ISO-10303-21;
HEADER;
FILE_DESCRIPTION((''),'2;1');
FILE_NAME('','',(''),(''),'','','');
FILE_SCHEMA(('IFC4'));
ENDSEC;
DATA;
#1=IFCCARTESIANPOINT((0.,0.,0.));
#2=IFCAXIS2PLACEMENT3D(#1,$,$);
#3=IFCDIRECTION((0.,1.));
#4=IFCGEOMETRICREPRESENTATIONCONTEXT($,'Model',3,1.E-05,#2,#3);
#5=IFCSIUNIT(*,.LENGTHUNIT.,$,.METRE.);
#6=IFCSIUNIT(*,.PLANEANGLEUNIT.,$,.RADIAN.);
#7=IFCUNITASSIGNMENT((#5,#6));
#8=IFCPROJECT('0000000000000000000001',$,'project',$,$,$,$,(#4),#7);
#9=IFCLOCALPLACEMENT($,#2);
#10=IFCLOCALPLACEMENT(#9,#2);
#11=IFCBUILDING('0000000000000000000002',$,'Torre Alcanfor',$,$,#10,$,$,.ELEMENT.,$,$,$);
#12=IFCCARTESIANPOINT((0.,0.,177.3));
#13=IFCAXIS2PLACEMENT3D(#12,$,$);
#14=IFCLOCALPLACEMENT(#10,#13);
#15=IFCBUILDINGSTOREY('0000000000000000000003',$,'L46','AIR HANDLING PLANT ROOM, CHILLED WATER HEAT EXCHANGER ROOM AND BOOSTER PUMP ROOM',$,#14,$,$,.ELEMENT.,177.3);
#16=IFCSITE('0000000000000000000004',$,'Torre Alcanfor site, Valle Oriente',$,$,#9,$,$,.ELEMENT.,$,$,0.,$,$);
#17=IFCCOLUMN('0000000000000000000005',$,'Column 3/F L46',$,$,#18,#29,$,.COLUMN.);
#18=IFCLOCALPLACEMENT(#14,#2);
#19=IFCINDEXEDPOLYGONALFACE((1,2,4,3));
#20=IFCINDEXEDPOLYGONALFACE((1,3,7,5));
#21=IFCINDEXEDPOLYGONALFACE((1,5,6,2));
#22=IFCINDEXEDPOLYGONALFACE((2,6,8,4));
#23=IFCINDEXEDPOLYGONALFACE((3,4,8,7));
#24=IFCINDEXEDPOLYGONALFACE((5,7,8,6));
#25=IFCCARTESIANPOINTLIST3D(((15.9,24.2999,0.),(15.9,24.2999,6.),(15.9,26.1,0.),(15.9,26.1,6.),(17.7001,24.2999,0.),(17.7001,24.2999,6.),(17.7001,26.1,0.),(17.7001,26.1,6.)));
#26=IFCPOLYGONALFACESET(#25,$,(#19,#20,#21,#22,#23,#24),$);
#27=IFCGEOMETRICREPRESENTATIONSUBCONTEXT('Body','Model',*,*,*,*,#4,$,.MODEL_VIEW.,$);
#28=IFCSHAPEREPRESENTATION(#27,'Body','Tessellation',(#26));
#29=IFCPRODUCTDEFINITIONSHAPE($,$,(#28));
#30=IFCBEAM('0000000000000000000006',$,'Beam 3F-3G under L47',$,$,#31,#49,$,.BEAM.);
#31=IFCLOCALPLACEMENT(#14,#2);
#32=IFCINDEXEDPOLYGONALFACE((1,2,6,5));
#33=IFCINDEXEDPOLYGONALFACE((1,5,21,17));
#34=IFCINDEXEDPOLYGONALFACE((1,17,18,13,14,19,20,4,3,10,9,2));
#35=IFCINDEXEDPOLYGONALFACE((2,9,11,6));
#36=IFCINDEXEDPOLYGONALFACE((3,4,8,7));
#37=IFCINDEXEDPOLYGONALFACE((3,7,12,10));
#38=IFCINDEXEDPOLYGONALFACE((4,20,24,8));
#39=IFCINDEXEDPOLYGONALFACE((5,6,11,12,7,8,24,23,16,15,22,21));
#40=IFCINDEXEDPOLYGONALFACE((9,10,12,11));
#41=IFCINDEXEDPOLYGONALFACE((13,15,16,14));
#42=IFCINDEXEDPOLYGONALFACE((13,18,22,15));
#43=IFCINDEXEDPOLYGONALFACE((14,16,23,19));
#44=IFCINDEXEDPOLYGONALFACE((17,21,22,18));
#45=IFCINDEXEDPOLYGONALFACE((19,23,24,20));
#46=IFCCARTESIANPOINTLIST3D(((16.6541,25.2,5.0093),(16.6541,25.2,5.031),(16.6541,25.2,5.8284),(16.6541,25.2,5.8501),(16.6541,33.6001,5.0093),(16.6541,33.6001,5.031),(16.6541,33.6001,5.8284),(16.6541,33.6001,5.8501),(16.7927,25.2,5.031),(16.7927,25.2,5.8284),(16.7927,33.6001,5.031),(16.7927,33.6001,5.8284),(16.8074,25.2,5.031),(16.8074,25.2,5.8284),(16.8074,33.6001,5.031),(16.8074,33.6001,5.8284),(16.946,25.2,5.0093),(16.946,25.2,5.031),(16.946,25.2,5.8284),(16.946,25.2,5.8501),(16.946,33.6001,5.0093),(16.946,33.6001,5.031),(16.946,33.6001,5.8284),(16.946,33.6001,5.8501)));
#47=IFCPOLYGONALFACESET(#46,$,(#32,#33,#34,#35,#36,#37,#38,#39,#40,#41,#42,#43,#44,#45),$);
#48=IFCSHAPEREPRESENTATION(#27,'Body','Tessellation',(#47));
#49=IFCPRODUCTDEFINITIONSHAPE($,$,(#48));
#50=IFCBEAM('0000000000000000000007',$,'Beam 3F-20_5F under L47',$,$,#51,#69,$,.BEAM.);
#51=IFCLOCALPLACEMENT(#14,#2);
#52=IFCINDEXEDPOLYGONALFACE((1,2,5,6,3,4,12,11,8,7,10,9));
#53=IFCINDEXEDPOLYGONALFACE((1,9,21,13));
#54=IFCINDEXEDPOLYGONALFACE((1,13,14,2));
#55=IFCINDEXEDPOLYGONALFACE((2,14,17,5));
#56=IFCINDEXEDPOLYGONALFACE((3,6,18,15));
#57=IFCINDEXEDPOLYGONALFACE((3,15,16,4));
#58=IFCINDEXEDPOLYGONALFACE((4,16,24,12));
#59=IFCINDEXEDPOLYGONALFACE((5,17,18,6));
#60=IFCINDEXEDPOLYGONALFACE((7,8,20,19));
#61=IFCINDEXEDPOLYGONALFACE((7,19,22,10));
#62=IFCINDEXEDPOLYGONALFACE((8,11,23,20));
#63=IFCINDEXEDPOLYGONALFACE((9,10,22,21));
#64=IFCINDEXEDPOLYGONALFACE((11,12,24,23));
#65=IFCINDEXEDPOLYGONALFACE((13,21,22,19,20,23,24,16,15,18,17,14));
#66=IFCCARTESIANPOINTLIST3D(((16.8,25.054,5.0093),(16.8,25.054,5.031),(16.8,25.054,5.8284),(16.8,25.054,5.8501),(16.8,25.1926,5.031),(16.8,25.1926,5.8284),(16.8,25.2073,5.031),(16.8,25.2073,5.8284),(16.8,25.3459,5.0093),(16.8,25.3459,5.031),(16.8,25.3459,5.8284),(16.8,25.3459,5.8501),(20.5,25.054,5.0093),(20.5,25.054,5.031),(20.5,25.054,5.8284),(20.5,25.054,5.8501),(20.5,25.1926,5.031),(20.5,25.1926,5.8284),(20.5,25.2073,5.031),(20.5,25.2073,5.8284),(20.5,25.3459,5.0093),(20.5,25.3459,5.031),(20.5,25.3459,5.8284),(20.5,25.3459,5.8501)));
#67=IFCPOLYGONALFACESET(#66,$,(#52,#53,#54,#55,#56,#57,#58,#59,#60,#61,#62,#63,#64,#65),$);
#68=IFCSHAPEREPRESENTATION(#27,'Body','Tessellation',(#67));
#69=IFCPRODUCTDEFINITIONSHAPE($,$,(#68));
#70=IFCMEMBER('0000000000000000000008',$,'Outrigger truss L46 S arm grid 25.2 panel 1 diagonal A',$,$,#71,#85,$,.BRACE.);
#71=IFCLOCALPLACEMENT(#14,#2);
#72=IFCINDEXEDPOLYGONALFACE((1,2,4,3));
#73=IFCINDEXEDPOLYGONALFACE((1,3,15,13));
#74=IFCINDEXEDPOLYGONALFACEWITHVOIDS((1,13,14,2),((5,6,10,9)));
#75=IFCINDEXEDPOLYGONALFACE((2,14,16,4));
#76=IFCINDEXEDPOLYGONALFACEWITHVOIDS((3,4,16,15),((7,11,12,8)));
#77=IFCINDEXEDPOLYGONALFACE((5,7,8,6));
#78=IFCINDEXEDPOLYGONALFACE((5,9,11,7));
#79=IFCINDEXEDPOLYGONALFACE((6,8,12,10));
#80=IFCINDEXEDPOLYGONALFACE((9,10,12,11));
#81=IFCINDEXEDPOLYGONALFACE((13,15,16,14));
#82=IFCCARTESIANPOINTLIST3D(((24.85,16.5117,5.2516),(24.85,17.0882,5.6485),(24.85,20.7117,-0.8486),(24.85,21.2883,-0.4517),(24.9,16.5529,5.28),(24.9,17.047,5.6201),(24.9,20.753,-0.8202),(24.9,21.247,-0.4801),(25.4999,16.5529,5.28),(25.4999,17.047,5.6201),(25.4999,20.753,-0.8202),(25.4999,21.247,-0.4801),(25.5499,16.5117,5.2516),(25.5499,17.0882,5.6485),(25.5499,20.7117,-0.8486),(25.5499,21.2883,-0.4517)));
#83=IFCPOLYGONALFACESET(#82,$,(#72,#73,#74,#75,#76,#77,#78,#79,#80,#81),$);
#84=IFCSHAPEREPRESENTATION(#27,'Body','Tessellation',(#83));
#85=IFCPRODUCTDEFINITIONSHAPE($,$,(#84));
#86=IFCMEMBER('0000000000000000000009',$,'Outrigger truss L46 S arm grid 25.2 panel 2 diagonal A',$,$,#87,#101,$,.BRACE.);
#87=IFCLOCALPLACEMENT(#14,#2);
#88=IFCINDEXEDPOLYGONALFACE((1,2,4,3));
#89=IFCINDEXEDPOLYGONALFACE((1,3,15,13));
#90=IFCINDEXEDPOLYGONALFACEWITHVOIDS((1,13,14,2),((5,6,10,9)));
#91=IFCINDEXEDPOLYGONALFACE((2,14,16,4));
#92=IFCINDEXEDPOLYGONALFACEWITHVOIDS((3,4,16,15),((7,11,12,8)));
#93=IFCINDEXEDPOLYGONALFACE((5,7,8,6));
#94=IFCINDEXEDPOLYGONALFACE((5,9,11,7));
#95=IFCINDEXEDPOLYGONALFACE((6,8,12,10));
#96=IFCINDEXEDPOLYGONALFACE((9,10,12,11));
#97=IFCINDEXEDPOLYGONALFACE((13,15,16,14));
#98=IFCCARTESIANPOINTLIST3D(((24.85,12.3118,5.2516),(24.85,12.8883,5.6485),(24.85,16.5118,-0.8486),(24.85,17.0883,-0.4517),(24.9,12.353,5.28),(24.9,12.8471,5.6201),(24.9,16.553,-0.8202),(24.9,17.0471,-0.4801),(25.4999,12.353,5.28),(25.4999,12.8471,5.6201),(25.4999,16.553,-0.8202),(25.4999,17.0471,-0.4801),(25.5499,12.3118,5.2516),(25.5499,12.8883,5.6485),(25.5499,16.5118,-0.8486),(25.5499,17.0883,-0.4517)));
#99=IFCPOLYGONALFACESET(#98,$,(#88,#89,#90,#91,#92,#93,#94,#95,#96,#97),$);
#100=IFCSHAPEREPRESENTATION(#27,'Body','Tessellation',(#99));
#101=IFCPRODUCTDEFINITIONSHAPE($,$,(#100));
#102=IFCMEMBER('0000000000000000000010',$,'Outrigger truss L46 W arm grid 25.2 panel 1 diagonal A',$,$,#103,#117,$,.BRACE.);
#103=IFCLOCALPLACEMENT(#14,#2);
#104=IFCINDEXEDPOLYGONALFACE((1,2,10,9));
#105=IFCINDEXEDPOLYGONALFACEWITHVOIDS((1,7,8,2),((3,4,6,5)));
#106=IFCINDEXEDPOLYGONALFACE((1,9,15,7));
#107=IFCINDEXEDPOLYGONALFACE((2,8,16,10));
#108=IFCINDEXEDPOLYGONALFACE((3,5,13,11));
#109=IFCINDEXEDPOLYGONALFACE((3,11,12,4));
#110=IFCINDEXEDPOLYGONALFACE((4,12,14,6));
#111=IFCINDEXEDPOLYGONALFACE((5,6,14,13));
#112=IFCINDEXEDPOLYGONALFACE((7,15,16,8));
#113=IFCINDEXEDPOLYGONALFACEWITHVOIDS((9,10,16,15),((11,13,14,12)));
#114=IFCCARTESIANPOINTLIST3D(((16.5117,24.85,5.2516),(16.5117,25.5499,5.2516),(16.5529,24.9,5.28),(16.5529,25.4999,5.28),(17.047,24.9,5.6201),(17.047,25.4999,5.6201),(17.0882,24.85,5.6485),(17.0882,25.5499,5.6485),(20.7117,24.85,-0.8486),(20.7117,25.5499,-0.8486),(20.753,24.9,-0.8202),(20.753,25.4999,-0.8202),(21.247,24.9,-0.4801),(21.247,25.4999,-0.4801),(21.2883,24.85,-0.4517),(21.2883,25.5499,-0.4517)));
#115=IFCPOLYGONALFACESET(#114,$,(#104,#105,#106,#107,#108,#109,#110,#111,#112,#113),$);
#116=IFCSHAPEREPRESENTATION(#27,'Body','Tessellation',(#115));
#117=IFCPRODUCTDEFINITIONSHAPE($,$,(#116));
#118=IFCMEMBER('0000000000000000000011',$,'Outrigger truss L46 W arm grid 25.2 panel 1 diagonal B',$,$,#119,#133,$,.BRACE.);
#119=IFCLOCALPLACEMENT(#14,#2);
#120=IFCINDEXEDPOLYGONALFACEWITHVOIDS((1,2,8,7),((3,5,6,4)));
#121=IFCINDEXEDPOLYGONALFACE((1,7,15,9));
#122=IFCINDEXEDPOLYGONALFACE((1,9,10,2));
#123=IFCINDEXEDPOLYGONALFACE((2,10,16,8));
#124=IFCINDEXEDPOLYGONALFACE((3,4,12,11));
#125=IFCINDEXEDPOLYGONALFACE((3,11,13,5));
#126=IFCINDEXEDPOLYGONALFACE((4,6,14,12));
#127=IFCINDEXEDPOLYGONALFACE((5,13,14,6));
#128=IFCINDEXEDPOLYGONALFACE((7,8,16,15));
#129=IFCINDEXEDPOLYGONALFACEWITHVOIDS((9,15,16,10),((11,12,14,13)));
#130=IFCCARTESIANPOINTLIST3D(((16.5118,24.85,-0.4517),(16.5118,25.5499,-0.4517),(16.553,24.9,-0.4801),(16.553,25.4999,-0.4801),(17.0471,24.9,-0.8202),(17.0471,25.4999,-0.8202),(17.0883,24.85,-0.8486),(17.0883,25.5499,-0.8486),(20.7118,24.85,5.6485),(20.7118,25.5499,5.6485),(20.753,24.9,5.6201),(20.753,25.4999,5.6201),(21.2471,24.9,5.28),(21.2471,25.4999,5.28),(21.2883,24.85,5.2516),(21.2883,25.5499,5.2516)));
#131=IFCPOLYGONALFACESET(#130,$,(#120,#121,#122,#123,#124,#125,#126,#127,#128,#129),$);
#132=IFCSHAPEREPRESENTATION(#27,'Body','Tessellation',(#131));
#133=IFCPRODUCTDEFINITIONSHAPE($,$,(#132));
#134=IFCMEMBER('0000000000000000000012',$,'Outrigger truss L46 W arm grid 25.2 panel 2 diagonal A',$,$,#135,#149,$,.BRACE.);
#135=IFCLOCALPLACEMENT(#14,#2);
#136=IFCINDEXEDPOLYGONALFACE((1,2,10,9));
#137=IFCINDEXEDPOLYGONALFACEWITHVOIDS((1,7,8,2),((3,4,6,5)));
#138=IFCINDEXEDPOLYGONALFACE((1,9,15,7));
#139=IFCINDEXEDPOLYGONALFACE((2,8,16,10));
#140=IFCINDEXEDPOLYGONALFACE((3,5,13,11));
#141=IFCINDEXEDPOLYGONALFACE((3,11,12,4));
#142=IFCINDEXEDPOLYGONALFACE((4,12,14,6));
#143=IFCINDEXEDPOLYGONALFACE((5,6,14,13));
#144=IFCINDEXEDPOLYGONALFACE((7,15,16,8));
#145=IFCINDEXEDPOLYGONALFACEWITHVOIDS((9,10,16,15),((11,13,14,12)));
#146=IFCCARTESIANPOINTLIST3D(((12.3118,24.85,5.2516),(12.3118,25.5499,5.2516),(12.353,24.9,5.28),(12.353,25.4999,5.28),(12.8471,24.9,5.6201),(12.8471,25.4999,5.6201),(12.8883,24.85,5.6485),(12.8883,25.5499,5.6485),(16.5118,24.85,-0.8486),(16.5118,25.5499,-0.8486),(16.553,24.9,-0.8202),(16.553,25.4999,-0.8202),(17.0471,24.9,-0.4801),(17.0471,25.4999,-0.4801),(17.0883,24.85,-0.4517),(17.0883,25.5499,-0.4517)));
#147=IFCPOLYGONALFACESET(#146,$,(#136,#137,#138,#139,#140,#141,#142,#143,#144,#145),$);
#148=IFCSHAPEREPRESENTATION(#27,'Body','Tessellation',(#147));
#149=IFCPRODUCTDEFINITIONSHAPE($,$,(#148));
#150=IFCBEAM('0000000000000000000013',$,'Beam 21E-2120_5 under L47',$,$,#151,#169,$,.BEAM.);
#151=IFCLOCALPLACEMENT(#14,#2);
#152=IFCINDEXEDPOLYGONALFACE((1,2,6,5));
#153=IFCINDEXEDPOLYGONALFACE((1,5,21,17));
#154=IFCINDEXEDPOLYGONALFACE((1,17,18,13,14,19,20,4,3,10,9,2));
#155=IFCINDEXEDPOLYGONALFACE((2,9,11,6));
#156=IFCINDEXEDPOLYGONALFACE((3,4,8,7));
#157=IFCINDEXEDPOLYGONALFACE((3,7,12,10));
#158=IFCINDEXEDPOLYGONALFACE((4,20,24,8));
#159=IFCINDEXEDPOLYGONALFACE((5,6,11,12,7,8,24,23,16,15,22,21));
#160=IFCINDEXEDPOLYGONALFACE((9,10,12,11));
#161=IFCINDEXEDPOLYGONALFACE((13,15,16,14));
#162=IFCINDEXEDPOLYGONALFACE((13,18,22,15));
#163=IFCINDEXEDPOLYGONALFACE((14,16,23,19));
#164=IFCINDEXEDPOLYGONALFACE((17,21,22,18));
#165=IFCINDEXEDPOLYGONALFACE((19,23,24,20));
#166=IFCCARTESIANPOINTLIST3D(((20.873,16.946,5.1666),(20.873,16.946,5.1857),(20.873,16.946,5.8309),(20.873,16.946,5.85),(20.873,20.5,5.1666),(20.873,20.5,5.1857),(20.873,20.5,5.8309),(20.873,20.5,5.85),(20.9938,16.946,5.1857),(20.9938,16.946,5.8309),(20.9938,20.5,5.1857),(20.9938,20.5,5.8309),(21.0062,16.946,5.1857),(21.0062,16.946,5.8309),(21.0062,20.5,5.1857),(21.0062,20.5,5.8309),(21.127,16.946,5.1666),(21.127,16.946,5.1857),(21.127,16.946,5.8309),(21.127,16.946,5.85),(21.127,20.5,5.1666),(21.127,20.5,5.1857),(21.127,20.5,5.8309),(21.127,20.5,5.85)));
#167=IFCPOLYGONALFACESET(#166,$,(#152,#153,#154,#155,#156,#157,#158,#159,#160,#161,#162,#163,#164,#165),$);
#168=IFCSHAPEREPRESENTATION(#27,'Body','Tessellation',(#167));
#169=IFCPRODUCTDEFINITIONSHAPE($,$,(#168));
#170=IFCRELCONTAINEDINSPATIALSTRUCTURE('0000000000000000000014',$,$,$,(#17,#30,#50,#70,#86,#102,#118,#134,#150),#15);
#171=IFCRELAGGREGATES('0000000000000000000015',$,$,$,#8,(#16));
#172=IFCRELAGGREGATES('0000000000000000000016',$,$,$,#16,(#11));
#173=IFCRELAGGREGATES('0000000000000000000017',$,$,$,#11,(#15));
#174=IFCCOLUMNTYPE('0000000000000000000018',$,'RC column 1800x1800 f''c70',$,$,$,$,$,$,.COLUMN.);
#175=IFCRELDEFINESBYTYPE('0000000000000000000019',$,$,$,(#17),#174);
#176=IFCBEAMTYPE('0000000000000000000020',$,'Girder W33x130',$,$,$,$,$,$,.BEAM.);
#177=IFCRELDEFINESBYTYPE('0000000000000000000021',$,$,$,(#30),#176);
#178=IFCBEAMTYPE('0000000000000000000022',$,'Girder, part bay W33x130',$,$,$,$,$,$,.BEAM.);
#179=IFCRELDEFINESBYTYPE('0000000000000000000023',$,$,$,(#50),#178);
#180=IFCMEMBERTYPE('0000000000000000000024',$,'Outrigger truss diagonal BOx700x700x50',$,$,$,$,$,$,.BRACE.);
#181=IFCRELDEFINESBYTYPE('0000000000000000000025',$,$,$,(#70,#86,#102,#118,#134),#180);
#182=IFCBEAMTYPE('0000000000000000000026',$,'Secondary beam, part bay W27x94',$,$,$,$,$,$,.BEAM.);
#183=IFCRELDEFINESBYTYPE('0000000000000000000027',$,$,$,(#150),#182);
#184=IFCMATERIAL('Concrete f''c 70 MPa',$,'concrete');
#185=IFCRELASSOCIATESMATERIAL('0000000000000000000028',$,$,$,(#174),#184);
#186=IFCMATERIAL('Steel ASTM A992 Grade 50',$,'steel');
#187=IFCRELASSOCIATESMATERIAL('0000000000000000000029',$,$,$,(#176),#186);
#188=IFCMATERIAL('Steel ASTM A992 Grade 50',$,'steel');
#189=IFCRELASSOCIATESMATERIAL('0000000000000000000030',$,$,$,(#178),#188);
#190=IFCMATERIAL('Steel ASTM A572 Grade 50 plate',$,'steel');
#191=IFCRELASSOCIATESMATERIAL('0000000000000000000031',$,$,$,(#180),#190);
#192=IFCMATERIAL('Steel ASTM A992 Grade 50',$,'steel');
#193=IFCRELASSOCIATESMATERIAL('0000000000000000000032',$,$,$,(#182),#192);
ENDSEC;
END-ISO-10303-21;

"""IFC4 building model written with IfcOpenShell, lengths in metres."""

from ifc_helpers import new_model, si_unit, direction, frame, origin, origin_2d, place, context, subcontext, project, spatial, rectangle, hollow_rectangle, i_section, extrude, material, material_profile, profile_set, type_object, element, save


model = new_model("IFC4")

# Units and contexts
model_context = context("Model", 3, precision=1e-05, world=origin(), true_north=direction((0.0, 1.0)))
body_context = subcontext(model_context, "Body", "Model", "MODEL_VIEW")
ifc_project = project(units=[si_unit("LENGTHUNIT", "METRE"), si_unit("PLANEANGLEUNIT", "RADIAN")], contexts=[model_context])

# Site, building, storey
site_placement = place(None, origin())
site = spatial("IfcSite", under=ifc_project, at=site_placement, Name="Torre Alcanfor site, Valle Oriente", CompositionType="ELEMENT", RefElevation=0.0)
building_placement = place(site_placement, origin())
building = spatial("IfcBuilding", under=site, at=building_placement, Name="Torre Alcanfor", CompositionType="ELEMENT")
storey_placement = place(building_placement, frame((0.0, 0.0, 177.3)))
storey = spatial("IfcBuildingStorey", under=building, at=storey_placement, Name="L46", Description="AIR HANDLING PLANT ROOM, CHILLED WATER HEAT EXCHANGER ROOM AND BOOSTER PUMP ROOM", CompositionType="ELEMENT", Elevation=177.3)

# Column
ifc_material_1 = material(Name="Concrete f'c 70 MPa", Category="concrete")
ifc_material_profile_1 = material_profile(ifc_material_1, rectangle(XDim=1.8, YDim=1.8, at=origin_2d()), Name="1800x1800")
ifc_profile_set_1 = profile_set([ifc_material_profile_1], Name="Concrete f'c 70 MPa")
column_type = type_object("IfcColumnType", Name="RC column 1800x1800 f'c70", PredefinedType="COLUMN", material=ifc_profile_set_1)
column_placement = place(storey_placement, frame((16.8, 25.2, 0.0), z_axis=(0.0, 0.0, 1.0), x_axis=(1.0, 0.0, 0.0)))
element("IfcColumn", 1, at=column_placement, inside=storey, type_object=column_type, Name="Column 3/F L46", PredefinedType="COLUMN", context=body_context, shape_type="SweptSolid", body=[
    extrude(rectangle(XDim=1.8, YDim=1.8, at=origin_2d()), origin(), (0.0, 0.0, 1.0), 6.0),
])

# Beams
ifc_material_2 = material(Name="Steel ASTM A992 Grade 50", Category="steel")
ifc_material_profile_2 = material_profile(ifc_material_2, i_section(OverallWidth=0.292, OverallDepth=0.8408, WebThickness=0.0146, FlangeThickness=0.0217, at=origin_2d()), Name="W33x130")
ifc_profile_set_2 = profile_set([ifc_material_profile_2], Name="Steel ASTM A992 Grade 50")
beam_type_1 = type_object("IfcBeamType", Name="Girder W33x130", PredefinedType="BEAM", material=ifc_profile_set_2)
beam_1_placement = place(storey_placement, frame((16.8, 25.2, 5.4297), z_axis=(0.0, 1.0, 0.0), x_axis=(-1.0, 0.0, 0.0)))
element("IfcBeam", 2, at=beam_1_placement, inside=storey, type_object=beam_type_1, Name="Beam 3F-3G under L47", PredefinedType="BEAM", context=body_context, shape_type="SweptSolid", body=[
    extrude(i_section(OverallWidth=0.292, OverallDepth=0.8408, WebThickness=0.0146, FlangeThickness=0.0217, at=origin_2d()), origin(), (0.0, 0.0, 1.0), 8.4001),
])
ifc_material_3 = material(Name="Steel ASTM A992 Grade 50", Category="steel")
ifc_material_profile_3 = material_profile(ifc_material_3, i_section(OverallWidth=0.292, OverallDepth=0.8408, WebThickness=0.0146, FlangeThickness=0.0217, at=origin_2d()), Name="W33x130")
ifc_profile_set_3 = profile_set([ifc_material_profile_3], Name="Steel ASTM A992 Grade 50")
beam_type_2 = type_object("IfcBeamType", Name="Girder, part bay W33x130", PredefinedType="BEAM", material=ifc_profile_set_3)
beam_2_placement = place(storey_placement, frame((16.8, 25.2, 5.4297), z_axis=(1.0, 0.0, 0.0), x_axis=(0.0, 1.0, 0.0)))
element("IfcBeam", 3, at=beam_2_placement, inside=storey, type_object=beam_type_2, Name="Beam 3F-20_5F under L47", PredefinedType="BEAM", context=body_context, shape_type="SweptSolid", body=[
    extrude(i_section(OverallWidth=0.292, OverallDepth=0.8408, WebThickness=0.0146, FlangeThickness=0.0217, at=origin_2d()), origin(), (0.0, 0.0, 1.0), 3.7),
])

# Members
ifc_material_4 = material(Name="Steel ASTM A572 Grade 50 plate", Category="steel")
ifc_material_profile_4 = material_profile(ifc_material_4, hollow_rectangle(XDim=0.7, YDim=0.7, WallThickness=0.05, at=origin_2d()), Name="BOX 700x700x50")
ifc_profile_set_4 = profile_set([ifc_material_profile_4], Name="Steel ASTM A572 Grade 50 plate")
member_type = type_object("IfcMemberType", Name="Outrigger truss diagonal BOx700x700x50", PredefinedType="BRACE", material=ifc_profile_set_4)
for number, where, z_axis, x_axis, name in (
    (4, (25.2, 21.0, -0.6501), (0.0, -0.567091, 0.823655), (1.0, 0.0, 0.0), "Outrigger truss L46 S arm grid 25.2 panel 1 diagonal A"),
    (5, (25.2, 16.8, -0.6501), (0.0, -0.567091, 0.823655), (1.0, 0.0, 0.0), "Outrigger truss L46 S arm grid 25.2 panel 2 diagonal A"),
    (6, (21.0, 25.2, -0.6501), (-0.567091, 0.0, 0.823655), (0.0, -1.0, 0.0), "Outrigger truss L46 W arm grid 25.2 panel 1 diagonal A"),
    (7, (16.8, 25.2, -0.6501), (0.567091, 0.0, 0.823655), (0.0, 1.0, 0.0), "Outrigger truss L46 W arm grid 25.2 panel 1 diagonal B"),
    (8, (16.8, 25.2, -0.6501), (-0.567091, 0.0, 0.823655), (0.0, -1.0, 0.0), "Outrigger truss L46 W arm grid 25.2 panel 2 diagonal A"),
):
    element("IfcMember", number, at=place(storey_placement, frame(where, z_axis=z_axis, x_axis=x_axis)), inside=storey, type_object=member_type, Name=name, PredefinedType="BRACE", context=body_context, shape_type="SweptSolid", body=[
        extrude(hollow_rectangle(XDim=0.7, YDim=0.7, WallThickness=0.05, at=origin_2d()), origin(), (0.0, 0.0, 1.0), 7.4062),
    ])

# Beam
ifc_material_5 = material(Name="Steel ASTM A992 Grade 50", Category="steel")
ifc_material_profile_5 = material_profile(ifc_material_5, i_section(OverallWidth=0.2539, OverallDepth=0.6833, WebThickness=0.0125, FlangeThickness=0.019, at=origin_2d()), Name="W27x94")
ifc_profile_set_5 = profile_set([ifc_material_profile_5], Name="Steel ASTM A992 Grade 50")
beam_type_3 = type_object("IfcBeamType", Name="Secondary beam, part bay W27x94", PredefinedType="BEAM", material=ifc_profile_set_5)
beam_3_placement = place(storey_placement, frame((21.0, 16.946, 5.5083), z_axis=(0.0, 1.0, 0.0), x_axis=(-1.0, 0.0, 0.0)))
element("IfcBeam", 9, at=beam_3_placement, inside=storey, type_object=beam_type_3, Name="Beam 21E-2120_5 under L47", PredefinedType="BEAM", context=body_context, shape_type="SweptSolid", body=[
    extrude(i_section(OverallWidth=0.2539, OverallDepth=0.6833, WebThickness=0.0125, FlangeThickness=0.019, at=origin_2d()), origin(), (0.0, 0.0, 1.0), 3.554),
])

save(model, "model.ifc")
